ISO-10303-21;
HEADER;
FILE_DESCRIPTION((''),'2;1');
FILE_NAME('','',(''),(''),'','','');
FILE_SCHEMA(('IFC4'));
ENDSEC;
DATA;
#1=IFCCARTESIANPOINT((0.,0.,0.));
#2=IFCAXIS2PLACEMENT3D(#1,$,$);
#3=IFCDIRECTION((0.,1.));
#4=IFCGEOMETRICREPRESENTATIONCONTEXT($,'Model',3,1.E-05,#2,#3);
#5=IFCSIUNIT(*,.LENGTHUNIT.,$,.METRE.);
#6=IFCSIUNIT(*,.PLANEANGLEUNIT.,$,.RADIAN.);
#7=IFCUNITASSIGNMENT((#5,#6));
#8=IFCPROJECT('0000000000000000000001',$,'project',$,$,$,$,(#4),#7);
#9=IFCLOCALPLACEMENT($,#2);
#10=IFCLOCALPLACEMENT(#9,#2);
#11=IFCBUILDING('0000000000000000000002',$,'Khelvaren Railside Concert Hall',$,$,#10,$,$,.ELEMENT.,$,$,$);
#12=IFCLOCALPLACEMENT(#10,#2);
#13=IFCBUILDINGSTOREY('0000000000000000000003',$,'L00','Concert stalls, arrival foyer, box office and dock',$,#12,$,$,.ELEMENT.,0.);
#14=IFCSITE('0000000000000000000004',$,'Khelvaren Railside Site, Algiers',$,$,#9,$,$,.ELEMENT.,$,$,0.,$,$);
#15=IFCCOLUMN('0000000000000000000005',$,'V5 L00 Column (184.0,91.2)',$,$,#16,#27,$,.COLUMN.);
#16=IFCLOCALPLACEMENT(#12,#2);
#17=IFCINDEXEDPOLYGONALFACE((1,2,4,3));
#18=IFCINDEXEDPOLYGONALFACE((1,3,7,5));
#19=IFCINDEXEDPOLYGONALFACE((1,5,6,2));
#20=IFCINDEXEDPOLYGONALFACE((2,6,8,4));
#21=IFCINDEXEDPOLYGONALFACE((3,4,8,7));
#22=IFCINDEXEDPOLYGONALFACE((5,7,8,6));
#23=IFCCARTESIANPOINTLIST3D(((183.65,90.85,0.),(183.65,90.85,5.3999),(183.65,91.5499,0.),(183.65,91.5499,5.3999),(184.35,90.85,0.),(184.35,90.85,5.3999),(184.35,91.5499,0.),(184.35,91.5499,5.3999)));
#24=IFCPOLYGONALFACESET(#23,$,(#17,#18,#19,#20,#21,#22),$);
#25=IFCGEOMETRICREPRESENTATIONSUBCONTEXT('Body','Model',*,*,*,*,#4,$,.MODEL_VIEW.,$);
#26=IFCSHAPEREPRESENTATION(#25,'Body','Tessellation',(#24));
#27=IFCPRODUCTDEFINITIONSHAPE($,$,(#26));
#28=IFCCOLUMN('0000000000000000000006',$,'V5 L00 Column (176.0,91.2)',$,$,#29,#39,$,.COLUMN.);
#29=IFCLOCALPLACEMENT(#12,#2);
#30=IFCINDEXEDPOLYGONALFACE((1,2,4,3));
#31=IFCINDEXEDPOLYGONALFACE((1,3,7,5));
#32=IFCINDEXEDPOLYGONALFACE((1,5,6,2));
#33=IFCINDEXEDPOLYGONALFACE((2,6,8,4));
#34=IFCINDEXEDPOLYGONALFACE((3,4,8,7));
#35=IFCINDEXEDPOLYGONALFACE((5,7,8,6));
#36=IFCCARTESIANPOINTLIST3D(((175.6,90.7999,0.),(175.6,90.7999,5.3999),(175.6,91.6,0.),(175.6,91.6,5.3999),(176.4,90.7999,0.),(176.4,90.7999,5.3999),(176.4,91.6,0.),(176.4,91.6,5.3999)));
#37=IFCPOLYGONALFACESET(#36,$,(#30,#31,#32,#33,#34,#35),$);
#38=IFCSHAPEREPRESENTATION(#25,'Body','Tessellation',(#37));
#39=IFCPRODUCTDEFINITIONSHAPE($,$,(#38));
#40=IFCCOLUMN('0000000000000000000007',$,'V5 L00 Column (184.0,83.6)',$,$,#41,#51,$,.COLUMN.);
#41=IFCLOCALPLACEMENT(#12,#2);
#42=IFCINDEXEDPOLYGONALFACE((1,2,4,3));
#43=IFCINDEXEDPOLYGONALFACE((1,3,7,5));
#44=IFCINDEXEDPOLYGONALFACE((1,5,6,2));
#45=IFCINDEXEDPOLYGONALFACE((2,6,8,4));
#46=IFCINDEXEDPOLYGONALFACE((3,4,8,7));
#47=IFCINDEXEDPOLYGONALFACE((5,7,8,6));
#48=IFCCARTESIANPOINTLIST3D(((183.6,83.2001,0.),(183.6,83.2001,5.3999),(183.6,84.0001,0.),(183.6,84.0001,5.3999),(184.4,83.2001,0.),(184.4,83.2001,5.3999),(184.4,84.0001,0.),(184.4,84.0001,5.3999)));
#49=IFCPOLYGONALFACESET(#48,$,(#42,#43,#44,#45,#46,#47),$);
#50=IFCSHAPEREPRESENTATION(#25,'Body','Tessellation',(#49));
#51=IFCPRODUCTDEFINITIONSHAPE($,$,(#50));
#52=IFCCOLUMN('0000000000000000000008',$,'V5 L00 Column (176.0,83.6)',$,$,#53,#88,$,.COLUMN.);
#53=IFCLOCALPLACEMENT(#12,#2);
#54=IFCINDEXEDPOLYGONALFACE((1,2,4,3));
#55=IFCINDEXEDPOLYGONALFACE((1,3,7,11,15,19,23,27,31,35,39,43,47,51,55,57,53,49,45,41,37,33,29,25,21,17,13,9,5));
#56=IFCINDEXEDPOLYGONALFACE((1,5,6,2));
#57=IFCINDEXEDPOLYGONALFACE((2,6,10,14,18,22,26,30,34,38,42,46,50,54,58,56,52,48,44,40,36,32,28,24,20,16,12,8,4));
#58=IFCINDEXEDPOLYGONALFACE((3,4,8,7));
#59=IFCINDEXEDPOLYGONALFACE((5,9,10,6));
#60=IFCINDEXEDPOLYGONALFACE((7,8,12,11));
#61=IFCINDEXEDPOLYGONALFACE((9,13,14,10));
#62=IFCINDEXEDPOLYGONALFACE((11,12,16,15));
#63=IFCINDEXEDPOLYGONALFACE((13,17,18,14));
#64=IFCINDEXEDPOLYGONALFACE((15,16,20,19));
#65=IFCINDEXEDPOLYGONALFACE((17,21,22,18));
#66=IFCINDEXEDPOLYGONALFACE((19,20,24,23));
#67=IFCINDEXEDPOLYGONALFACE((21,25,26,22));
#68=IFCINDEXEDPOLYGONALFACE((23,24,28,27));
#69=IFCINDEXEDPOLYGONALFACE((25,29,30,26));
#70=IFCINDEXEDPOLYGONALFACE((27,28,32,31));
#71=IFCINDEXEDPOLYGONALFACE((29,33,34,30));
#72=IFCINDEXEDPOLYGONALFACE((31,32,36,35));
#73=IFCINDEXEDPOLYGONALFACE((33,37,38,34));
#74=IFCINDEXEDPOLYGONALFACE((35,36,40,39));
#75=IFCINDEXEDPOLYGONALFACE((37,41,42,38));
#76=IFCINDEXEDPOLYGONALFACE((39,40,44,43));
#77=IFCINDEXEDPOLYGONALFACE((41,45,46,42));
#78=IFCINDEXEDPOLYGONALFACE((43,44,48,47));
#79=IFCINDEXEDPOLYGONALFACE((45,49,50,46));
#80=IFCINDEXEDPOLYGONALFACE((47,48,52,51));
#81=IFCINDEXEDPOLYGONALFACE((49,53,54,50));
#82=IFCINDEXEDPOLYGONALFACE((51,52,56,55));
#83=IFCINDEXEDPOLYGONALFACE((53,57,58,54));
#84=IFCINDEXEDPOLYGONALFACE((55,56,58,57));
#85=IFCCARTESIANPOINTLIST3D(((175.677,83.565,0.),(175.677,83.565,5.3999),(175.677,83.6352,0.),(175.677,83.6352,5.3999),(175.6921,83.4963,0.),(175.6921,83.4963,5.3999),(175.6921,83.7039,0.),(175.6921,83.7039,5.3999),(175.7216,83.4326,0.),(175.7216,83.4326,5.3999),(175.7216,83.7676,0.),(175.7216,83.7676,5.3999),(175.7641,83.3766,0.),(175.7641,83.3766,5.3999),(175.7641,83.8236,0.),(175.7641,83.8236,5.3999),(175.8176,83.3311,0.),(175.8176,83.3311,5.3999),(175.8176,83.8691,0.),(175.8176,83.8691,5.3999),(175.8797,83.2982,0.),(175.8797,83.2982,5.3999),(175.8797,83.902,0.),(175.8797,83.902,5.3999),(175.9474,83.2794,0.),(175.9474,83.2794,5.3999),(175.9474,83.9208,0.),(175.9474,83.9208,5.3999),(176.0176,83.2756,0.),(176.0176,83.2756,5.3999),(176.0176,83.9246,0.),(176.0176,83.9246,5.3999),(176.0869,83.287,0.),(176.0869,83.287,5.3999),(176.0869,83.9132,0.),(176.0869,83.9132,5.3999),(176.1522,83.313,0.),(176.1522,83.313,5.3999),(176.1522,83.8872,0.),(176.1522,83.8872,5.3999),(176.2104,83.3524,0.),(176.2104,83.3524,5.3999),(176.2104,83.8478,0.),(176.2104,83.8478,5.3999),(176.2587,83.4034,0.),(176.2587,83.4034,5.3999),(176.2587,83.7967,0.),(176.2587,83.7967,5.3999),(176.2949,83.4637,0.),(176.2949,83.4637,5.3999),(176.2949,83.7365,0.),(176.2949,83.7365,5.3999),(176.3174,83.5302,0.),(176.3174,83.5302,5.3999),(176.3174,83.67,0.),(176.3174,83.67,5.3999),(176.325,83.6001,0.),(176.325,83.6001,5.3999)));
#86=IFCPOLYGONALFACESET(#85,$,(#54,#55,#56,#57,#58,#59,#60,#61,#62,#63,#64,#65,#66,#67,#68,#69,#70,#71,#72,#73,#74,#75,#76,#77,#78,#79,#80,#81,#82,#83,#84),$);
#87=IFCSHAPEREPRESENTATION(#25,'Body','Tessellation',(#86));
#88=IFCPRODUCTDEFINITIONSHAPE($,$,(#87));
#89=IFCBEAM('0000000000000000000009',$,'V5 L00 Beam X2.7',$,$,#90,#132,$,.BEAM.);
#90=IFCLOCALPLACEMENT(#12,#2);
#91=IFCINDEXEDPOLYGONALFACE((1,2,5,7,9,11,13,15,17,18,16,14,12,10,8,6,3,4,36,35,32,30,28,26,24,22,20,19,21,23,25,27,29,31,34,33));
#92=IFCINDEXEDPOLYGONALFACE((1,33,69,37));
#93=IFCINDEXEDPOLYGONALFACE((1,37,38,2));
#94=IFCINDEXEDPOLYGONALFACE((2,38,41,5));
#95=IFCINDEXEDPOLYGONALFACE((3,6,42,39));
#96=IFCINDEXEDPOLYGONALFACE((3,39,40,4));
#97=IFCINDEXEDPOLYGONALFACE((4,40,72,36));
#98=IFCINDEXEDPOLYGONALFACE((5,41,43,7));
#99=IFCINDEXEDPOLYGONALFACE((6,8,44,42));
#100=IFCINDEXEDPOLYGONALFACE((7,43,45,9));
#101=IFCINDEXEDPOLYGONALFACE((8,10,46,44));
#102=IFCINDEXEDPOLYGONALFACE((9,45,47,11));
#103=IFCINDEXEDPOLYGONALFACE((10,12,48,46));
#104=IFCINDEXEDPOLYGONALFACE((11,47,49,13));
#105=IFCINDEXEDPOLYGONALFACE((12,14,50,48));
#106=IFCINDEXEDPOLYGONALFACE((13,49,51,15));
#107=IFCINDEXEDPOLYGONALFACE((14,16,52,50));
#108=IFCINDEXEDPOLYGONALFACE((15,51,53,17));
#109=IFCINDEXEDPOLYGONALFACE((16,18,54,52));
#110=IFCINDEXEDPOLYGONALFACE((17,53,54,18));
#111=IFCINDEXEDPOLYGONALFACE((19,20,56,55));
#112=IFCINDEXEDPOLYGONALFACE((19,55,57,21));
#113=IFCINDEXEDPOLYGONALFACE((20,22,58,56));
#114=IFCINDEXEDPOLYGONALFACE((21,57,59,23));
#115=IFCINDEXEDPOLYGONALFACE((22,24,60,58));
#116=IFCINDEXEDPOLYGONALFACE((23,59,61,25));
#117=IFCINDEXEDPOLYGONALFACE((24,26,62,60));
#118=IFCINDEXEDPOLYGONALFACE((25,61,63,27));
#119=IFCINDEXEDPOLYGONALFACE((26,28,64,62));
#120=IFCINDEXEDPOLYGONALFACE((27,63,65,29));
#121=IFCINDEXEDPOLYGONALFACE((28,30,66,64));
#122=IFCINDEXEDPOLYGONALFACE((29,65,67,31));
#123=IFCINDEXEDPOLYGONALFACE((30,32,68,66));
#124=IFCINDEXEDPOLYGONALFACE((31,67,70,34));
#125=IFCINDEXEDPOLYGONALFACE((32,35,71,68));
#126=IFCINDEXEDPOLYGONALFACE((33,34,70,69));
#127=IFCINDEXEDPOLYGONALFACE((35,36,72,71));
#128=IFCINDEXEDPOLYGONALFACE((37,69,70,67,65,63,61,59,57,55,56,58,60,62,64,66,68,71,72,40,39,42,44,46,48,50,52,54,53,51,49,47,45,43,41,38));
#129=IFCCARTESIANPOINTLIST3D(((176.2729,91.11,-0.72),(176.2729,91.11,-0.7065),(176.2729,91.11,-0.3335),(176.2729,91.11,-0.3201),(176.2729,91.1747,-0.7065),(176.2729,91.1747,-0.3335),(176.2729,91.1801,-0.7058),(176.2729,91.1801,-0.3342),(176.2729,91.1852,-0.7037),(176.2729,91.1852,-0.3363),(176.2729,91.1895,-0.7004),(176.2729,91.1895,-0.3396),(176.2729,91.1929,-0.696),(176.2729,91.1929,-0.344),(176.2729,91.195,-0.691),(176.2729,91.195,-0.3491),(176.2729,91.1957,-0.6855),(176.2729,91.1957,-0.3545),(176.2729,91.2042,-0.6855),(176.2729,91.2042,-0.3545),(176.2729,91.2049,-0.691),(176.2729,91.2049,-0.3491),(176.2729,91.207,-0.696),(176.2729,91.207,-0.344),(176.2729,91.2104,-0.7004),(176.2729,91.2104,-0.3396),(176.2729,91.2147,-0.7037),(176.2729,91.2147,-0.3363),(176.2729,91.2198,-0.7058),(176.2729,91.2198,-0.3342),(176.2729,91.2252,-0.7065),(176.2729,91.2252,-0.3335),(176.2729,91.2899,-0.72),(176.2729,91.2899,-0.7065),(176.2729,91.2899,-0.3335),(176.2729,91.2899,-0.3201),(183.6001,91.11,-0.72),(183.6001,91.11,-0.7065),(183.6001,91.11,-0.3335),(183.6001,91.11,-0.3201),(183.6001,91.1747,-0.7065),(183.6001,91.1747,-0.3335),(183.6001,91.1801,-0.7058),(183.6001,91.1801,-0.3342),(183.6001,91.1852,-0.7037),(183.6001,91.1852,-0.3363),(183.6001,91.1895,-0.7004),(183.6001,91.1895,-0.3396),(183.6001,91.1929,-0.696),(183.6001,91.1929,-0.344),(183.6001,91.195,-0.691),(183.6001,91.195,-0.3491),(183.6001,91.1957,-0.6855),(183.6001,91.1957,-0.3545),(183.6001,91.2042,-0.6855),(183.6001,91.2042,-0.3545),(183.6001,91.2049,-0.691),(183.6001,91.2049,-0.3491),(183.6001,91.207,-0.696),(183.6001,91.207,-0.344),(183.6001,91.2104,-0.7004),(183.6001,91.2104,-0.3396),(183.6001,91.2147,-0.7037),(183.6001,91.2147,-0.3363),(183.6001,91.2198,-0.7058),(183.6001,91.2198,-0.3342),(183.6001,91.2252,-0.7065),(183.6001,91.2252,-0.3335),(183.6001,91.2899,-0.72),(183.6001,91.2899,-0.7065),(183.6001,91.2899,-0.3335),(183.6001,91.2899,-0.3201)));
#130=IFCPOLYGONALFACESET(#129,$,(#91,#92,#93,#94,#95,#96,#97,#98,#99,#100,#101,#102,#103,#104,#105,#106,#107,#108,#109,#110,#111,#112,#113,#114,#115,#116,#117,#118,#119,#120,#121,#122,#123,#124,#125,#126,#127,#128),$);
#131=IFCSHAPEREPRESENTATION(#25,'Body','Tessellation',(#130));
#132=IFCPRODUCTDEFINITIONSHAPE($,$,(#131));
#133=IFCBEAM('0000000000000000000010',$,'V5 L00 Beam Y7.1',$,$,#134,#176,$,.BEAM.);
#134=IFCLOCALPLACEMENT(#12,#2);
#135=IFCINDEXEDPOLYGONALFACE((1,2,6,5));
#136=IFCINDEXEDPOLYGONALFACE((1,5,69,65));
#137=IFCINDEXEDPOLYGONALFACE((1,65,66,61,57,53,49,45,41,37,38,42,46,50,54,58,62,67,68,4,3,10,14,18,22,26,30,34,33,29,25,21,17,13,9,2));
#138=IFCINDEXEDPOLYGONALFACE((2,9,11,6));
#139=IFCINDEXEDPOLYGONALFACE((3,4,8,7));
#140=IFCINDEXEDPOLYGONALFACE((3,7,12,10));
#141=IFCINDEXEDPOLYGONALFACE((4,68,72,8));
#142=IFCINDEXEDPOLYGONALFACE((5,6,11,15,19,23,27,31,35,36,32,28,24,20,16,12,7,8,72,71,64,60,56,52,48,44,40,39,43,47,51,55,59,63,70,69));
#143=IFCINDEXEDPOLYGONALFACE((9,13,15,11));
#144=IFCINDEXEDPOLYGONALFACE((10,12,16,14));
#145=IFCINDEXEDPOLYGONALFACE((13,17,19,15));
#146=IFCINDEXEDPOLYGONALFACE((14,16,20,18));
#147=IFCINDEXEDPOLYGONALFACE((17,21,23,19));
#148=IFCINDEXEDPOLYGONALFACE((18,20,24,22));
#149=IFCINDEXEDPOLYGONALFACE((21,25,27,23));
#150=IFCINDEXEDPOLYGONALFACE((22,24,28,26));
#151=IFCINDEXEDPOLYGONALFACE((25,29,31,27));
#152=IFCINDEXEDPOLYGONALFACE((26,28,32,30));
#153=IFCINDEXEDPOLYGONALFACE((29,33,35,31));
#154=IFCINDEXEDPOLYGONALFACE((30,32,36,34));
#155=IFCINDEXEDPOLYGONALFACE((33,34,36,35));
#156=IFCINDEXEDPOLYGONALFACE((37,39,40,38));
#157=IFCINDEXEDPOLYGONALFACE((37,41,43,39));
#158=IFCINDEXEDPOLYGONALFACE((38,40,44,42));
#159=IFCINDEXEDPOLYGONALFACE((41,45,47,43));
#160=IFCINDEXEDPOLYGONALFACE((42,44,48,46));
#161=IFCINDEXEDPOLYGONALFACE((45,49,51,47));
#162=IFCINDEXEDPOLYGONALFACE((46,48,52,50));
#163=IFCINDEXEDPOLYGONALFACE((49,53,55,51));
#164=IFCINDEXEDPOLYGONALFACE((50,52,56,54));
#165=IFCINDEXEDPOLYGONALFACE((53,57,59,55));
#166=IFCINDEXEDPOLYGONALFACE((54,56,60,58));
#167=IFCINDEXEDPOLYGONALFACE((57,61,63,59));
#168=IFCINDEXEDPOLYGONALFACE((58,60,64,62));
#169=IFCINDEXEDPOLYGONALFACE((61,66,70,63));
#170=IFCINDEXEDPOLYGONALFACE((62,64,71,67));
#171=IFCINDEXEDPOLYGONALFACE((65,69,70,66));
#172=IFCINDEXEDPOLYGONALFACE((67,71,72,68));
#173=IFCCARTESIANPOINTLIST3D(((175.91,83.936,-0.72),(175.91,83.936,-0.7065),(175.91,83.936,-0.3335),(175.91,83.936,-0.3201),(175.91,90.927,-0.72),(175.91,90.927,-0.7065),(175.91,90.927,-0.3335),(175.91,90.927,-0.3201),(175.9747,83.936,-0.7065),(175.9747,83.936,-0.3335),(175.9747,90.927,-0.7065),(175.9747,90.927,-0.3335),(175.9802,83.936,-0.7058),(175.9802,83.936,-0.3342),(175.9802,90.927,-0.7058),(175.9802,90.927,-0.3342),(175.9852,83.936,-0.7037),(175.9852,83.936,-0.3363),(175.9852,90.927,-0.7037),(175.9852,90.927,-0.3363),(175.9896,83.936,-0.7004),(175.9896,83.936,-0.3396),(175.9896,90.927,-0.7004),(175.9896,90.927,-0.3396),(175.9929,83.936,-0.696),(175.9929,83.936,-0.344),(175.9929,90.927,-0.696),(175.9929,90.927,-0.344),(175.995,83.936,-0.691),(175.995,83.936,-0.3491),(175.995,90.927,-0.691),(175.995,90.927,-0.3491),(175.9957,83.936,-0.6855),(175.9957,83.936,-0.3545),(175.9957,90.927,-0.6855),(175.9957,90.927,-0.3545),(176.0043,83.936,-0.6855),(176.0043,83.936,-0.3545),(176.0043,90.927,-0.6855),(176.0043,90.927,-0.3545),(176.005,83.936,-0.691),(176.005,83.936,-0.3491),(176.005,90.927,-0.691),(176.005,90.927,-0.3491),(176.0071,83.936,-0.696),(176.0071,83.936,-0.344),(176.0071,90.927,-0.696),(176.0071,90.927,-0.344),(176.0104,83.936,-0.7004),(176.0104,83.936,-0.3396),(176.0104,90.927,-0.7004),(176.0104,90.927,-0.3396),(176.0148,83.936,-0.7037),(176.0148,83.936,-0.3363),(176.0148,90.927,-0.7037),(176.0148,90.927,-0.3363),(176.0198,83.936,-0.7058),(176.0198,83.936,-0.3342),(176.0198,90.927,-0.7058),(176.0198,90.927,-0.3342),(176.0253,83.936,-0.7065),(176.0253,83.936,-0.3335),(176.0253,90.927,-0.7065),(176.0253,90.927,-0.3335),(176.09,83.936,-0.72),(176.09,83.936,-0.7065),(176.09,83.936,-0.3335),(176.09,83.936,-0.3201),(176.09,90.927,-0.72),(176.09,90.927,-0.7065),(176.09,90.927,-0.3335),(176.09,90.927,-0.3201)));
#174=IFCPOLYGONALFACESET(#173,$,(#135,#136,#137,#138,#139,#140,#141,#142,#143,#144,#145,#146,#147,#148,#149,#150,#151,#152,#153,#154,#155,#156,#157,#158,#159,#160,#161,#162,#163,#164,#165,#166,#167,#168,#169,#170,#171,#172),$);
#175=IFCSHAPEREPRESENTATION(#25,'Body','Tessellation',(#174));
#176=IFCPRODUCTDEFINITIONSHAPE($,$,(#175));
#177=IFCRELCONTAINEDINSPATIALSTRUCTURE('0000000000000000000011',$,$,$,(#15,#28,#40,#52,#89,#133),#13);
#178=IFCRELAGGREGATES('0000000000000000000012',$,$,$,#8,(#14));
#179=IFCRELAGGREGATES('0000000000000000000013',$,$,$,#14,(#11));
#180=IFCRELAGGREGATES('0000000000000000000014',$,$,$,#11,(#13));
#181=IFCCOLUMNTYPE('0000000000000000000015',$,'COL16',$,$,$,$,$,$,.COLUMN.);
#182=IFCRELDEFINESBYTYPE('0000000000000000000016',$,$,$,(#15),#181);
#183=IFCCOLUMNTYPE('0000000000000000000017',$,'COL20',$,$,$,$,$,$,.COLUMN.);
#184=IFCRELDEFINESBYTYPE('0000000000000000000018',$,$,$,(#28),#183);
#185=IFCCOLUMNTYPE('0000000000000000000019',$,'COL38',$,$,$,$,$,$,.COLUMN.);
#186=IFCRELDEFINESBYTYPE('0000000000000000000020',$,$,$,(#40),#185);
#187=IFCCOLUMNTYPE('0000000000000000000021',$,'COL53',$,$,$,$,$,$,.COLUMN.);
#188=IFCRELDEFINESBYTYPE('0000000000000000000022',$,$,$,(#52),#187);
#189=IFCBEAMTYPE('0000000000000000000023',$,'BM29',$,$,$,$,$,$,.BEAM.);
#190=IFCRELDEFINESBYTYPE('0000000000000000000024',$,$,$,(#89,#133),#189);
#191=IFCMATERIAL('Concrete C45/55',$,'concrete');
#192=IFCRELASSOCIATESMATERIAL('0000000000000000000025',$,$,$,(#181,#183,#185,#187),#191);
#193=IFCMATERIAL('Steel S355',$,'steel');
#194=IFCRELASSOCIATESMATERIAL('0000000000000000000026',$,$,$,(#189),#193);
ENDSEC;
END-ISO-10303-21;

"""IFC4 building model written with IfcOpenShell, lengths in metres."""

from ifc_helpers import new_model, si_unit, direction, frame, origin, origin_2d, place, context, subcontext, project, spatial, rectangle, circle, i_section, extrude, material, material_profile, profile_set, type_object, element, save


model = new_model("IFC4")

# Units and contexts
model_context = context("Model", 3, precision=1e-05, world=origin(), true_north=direction((0.0, 1.0)))
body_context = subcontext(model_context, "Body", "Model", "MODEL_VIEW")
ifc_project = project(units=[si_unit("LENGTHUNIT", "METRE"), si_unit("PLANEANGLEUNIT", "RADIAN")], contexts=[model_context])

# Site, building, storey
site_placement = place(None, origin())
site = spatial("IfcSite", under=ifc_project, at=site_placement, Name="Khelvaren Railside Site, Algiers", CompositionType="ELEMENT", RefElevation=0.0)
building_placement = place(site_placement, origin())
building = spatial("IfcBuilding", under=site, at=building_placement, Name="Khelvaren Railside Concert Hall", CompositionType="ELEMENT")
storey_placement = place(building_placement, origin())
storey = spatial("IfcBuildingStorey", under=building, at=storey_placement, Name="L00", Description="Concert stalls, arrival foyer, box office and dock", CompositionType="ELEMENT", Elevation=0.0)

# Columns
ifc_material_1 = material(Name="Concrete C45/55", Category="concrete")
ifc_material_profile_1 = material_profile(ifc_material_1, rectangle(XDim=0.7, YDim=0.7, at=origin_2d()), Name="RC 700x700")
ifc_profile_set_1 = profile_set([ifc_material_profile_1], Name="Concrete C45/55")
column_type_1 = type_object("IfcColumnType", Name="COL16", PredefinedType="COLUMN", material=ifc_profile_set_1)
column_1_placement = place(storey_placement, frame((184.0, 91.2, 0.0), z_axis=(0.0, 0.0, 1.0), x_axis=(1.0, 0.0, 0.0)))
element("IfcColumn", 1, at=column_1_placement, inside=storey, type_object=column_type_1, Name="V5 L00 Column (184.0,91.2)", PredefinedType="COLUMN", context=body_context, shape_type="SweptSolid", body=[
    extrude(rectangle(XDim=0.7, YDim=0.7, at=origin_2d()), origin(), (0.0, 0.0, 1.0), 5.3999),
])
ifc_material_profile_2 = material_profile(ifc_material_1, rectangle(XDim=0.8, YDim=0.8, at=origin_2d()), Name="RC 800x800")
ifc_profile_set_2 = profile_set([ifc_material_profile_2], Name="Concrete C45/55")
column_type_2 = type_object("IfcColumnType", Name="COL20", PredefinedType="COLUMN", material=ifc_profile_set_2)
column_2_placement = place(storey_placement, frame((176.0, 91.2, 0.0), z_axis=(0.0, 0.0, 1.0), x_axis=(1.0, 0.0, 0.0)))
element("IfcColumn", 2, at=column_2_placement, inside=storey, type_object=column_type_2, Name="V5 L00 Column (176.0,91.2)", PredefinedType="COLUMN", context=body_context, shape_type="SweptSolid", body=[
    extrude(rectangle(XDim=0.8, YDim=0.8, at=origin_2d()), origin(), (0.0, 0.0, 1.0), 5.3999),
])
ifc_material_profile_3 = material_profile(ifc_material_1, rectangle(XDim=0.8, YDim=0.8, at=origin_2d()), Name="RC 800x800")
ifc_profile_set_3 = profile_set([ifc_material_profile_3], Name="Concrete C45/55")
column_type_3 = type_object("IfcColumnType", Name="COL38", PredefinedType="COLUMN", material=ifc_profile_set_3)
column_3_placement = place(storey_placement, frame((184.0, 83.6001, 0.0), z_axis=(0.0, 0.0, 1.0), x_axis=(1.0, 0.0, 0.0)))
element("IfcColumn", 3, at=column_3_placement, inside=storey, type_object=column_type_3, Name="V5 L00 Column (184.0,83.6)", PredefinedType="COLUMN", context=body_context, shape_type="SweptSolid", body=[
    extrude(rectangle(XDim=0.8, YDim=0.8, at=origin_2d()), origin(), (0.0, 0.0, 1.0), 5.3999),
])
ifc_material_profile_4 = material_profile(ifc_material_1, circle(Radius=0.325, at=origin_2d()), Name="RC D650")
ifc_profile_set_4 = profile_set([ifc_material_profile_4], Name="Concrete C45/55")
column_type_4 = type_object("IfcColumnType", Name="COL53", PredefinedType="COLUMN", material=ifc_profile_set_4)
column_4_placement = place(storey_placement, frame((176.0, 83.6001, 0.0), z_axis=(0.0, 0.0, 1.0), x_axis=(1.0, 0.0, 0.0)))
element("IfcColumn", 4, at=column_4_placement, inside=storey, type_object=column_type_4, Name="V5 L00 Column (176.0,83.6)", PredefinedType="COLUMN", context=body_context, shape_type="SweptSolid", body=[
    extrude(circle(Radius=0.325, at=origin_2d()), origin(), (0.0, 0.0, 1.0), 5.3999),
])

# Beams
ifc_material_2 = material(Name="Steel S355", Category="steel")
ifc_material_profile_5 = material_profile(ifc_material_2, i_section(OverallWidth=0.1799, OverallDepth=0.3999, WebThickness=0.0085, FlangeThickness=0.0134, FilletRadius=0.021, at=origin_2d()), Name="IPE 400")
ifc_profile_set_5 = profile_set([ifc_material_profile_5], Name="Steel S355")
beam_type_1 = type_object("IfcBeamType", Name="BM29", PredefinedType="BEAM", material=ifc_profile_set_5)
beam_1_placement = place(storey_placement, frame((176.2729, 91.2, -0.52), z_axis=(1.0, 0.0, 0.0), x_axis=(0.0, 1.0, 0.0)))
element("IfcBeam", 5, at=beam_1_placement, inside=storey, type_object=beam_type_1, Name="V5 L00 Beam X2.7", PredefinedType="BEAM", context=body_context, shape_type="SweptSolid", body=[
    extrude(i_section(OverallWidth=0.1799, OverallDepth=0.3999, WebThickness=0.0085, FlangeThickness=0.0134, FilletRadius=0.021, at=origin_2d()), origin(), (0.0, 0.0, 1.0), 7.3271),
])
beam_2_placement = place(storey_placement, frame((176.0, 83.936, -0.52), z_axis=(0.0, 1.0, 0.0), x_axis=(-1.0, 0.0, 0.0)))
element("IfcBeam", 6, at=beam_2_placement, inside=storey, type_object=beam_type_1, Name="V5 L00 Beam Y7.1", PredefinedType="BEAM", context=body_context, shape_type="SweptSolid", body=[
    extrude(i_section(OverallWidth=0.1799, OverallDepth=0.3999, WebThickness=0.0085, FlangeThickness=0.0134, FilletRadius=0.021, at=origin_2d()), origin(), (0.0, 0.0, 1.0), 6.991),
])

save(model, "model.ifc")
